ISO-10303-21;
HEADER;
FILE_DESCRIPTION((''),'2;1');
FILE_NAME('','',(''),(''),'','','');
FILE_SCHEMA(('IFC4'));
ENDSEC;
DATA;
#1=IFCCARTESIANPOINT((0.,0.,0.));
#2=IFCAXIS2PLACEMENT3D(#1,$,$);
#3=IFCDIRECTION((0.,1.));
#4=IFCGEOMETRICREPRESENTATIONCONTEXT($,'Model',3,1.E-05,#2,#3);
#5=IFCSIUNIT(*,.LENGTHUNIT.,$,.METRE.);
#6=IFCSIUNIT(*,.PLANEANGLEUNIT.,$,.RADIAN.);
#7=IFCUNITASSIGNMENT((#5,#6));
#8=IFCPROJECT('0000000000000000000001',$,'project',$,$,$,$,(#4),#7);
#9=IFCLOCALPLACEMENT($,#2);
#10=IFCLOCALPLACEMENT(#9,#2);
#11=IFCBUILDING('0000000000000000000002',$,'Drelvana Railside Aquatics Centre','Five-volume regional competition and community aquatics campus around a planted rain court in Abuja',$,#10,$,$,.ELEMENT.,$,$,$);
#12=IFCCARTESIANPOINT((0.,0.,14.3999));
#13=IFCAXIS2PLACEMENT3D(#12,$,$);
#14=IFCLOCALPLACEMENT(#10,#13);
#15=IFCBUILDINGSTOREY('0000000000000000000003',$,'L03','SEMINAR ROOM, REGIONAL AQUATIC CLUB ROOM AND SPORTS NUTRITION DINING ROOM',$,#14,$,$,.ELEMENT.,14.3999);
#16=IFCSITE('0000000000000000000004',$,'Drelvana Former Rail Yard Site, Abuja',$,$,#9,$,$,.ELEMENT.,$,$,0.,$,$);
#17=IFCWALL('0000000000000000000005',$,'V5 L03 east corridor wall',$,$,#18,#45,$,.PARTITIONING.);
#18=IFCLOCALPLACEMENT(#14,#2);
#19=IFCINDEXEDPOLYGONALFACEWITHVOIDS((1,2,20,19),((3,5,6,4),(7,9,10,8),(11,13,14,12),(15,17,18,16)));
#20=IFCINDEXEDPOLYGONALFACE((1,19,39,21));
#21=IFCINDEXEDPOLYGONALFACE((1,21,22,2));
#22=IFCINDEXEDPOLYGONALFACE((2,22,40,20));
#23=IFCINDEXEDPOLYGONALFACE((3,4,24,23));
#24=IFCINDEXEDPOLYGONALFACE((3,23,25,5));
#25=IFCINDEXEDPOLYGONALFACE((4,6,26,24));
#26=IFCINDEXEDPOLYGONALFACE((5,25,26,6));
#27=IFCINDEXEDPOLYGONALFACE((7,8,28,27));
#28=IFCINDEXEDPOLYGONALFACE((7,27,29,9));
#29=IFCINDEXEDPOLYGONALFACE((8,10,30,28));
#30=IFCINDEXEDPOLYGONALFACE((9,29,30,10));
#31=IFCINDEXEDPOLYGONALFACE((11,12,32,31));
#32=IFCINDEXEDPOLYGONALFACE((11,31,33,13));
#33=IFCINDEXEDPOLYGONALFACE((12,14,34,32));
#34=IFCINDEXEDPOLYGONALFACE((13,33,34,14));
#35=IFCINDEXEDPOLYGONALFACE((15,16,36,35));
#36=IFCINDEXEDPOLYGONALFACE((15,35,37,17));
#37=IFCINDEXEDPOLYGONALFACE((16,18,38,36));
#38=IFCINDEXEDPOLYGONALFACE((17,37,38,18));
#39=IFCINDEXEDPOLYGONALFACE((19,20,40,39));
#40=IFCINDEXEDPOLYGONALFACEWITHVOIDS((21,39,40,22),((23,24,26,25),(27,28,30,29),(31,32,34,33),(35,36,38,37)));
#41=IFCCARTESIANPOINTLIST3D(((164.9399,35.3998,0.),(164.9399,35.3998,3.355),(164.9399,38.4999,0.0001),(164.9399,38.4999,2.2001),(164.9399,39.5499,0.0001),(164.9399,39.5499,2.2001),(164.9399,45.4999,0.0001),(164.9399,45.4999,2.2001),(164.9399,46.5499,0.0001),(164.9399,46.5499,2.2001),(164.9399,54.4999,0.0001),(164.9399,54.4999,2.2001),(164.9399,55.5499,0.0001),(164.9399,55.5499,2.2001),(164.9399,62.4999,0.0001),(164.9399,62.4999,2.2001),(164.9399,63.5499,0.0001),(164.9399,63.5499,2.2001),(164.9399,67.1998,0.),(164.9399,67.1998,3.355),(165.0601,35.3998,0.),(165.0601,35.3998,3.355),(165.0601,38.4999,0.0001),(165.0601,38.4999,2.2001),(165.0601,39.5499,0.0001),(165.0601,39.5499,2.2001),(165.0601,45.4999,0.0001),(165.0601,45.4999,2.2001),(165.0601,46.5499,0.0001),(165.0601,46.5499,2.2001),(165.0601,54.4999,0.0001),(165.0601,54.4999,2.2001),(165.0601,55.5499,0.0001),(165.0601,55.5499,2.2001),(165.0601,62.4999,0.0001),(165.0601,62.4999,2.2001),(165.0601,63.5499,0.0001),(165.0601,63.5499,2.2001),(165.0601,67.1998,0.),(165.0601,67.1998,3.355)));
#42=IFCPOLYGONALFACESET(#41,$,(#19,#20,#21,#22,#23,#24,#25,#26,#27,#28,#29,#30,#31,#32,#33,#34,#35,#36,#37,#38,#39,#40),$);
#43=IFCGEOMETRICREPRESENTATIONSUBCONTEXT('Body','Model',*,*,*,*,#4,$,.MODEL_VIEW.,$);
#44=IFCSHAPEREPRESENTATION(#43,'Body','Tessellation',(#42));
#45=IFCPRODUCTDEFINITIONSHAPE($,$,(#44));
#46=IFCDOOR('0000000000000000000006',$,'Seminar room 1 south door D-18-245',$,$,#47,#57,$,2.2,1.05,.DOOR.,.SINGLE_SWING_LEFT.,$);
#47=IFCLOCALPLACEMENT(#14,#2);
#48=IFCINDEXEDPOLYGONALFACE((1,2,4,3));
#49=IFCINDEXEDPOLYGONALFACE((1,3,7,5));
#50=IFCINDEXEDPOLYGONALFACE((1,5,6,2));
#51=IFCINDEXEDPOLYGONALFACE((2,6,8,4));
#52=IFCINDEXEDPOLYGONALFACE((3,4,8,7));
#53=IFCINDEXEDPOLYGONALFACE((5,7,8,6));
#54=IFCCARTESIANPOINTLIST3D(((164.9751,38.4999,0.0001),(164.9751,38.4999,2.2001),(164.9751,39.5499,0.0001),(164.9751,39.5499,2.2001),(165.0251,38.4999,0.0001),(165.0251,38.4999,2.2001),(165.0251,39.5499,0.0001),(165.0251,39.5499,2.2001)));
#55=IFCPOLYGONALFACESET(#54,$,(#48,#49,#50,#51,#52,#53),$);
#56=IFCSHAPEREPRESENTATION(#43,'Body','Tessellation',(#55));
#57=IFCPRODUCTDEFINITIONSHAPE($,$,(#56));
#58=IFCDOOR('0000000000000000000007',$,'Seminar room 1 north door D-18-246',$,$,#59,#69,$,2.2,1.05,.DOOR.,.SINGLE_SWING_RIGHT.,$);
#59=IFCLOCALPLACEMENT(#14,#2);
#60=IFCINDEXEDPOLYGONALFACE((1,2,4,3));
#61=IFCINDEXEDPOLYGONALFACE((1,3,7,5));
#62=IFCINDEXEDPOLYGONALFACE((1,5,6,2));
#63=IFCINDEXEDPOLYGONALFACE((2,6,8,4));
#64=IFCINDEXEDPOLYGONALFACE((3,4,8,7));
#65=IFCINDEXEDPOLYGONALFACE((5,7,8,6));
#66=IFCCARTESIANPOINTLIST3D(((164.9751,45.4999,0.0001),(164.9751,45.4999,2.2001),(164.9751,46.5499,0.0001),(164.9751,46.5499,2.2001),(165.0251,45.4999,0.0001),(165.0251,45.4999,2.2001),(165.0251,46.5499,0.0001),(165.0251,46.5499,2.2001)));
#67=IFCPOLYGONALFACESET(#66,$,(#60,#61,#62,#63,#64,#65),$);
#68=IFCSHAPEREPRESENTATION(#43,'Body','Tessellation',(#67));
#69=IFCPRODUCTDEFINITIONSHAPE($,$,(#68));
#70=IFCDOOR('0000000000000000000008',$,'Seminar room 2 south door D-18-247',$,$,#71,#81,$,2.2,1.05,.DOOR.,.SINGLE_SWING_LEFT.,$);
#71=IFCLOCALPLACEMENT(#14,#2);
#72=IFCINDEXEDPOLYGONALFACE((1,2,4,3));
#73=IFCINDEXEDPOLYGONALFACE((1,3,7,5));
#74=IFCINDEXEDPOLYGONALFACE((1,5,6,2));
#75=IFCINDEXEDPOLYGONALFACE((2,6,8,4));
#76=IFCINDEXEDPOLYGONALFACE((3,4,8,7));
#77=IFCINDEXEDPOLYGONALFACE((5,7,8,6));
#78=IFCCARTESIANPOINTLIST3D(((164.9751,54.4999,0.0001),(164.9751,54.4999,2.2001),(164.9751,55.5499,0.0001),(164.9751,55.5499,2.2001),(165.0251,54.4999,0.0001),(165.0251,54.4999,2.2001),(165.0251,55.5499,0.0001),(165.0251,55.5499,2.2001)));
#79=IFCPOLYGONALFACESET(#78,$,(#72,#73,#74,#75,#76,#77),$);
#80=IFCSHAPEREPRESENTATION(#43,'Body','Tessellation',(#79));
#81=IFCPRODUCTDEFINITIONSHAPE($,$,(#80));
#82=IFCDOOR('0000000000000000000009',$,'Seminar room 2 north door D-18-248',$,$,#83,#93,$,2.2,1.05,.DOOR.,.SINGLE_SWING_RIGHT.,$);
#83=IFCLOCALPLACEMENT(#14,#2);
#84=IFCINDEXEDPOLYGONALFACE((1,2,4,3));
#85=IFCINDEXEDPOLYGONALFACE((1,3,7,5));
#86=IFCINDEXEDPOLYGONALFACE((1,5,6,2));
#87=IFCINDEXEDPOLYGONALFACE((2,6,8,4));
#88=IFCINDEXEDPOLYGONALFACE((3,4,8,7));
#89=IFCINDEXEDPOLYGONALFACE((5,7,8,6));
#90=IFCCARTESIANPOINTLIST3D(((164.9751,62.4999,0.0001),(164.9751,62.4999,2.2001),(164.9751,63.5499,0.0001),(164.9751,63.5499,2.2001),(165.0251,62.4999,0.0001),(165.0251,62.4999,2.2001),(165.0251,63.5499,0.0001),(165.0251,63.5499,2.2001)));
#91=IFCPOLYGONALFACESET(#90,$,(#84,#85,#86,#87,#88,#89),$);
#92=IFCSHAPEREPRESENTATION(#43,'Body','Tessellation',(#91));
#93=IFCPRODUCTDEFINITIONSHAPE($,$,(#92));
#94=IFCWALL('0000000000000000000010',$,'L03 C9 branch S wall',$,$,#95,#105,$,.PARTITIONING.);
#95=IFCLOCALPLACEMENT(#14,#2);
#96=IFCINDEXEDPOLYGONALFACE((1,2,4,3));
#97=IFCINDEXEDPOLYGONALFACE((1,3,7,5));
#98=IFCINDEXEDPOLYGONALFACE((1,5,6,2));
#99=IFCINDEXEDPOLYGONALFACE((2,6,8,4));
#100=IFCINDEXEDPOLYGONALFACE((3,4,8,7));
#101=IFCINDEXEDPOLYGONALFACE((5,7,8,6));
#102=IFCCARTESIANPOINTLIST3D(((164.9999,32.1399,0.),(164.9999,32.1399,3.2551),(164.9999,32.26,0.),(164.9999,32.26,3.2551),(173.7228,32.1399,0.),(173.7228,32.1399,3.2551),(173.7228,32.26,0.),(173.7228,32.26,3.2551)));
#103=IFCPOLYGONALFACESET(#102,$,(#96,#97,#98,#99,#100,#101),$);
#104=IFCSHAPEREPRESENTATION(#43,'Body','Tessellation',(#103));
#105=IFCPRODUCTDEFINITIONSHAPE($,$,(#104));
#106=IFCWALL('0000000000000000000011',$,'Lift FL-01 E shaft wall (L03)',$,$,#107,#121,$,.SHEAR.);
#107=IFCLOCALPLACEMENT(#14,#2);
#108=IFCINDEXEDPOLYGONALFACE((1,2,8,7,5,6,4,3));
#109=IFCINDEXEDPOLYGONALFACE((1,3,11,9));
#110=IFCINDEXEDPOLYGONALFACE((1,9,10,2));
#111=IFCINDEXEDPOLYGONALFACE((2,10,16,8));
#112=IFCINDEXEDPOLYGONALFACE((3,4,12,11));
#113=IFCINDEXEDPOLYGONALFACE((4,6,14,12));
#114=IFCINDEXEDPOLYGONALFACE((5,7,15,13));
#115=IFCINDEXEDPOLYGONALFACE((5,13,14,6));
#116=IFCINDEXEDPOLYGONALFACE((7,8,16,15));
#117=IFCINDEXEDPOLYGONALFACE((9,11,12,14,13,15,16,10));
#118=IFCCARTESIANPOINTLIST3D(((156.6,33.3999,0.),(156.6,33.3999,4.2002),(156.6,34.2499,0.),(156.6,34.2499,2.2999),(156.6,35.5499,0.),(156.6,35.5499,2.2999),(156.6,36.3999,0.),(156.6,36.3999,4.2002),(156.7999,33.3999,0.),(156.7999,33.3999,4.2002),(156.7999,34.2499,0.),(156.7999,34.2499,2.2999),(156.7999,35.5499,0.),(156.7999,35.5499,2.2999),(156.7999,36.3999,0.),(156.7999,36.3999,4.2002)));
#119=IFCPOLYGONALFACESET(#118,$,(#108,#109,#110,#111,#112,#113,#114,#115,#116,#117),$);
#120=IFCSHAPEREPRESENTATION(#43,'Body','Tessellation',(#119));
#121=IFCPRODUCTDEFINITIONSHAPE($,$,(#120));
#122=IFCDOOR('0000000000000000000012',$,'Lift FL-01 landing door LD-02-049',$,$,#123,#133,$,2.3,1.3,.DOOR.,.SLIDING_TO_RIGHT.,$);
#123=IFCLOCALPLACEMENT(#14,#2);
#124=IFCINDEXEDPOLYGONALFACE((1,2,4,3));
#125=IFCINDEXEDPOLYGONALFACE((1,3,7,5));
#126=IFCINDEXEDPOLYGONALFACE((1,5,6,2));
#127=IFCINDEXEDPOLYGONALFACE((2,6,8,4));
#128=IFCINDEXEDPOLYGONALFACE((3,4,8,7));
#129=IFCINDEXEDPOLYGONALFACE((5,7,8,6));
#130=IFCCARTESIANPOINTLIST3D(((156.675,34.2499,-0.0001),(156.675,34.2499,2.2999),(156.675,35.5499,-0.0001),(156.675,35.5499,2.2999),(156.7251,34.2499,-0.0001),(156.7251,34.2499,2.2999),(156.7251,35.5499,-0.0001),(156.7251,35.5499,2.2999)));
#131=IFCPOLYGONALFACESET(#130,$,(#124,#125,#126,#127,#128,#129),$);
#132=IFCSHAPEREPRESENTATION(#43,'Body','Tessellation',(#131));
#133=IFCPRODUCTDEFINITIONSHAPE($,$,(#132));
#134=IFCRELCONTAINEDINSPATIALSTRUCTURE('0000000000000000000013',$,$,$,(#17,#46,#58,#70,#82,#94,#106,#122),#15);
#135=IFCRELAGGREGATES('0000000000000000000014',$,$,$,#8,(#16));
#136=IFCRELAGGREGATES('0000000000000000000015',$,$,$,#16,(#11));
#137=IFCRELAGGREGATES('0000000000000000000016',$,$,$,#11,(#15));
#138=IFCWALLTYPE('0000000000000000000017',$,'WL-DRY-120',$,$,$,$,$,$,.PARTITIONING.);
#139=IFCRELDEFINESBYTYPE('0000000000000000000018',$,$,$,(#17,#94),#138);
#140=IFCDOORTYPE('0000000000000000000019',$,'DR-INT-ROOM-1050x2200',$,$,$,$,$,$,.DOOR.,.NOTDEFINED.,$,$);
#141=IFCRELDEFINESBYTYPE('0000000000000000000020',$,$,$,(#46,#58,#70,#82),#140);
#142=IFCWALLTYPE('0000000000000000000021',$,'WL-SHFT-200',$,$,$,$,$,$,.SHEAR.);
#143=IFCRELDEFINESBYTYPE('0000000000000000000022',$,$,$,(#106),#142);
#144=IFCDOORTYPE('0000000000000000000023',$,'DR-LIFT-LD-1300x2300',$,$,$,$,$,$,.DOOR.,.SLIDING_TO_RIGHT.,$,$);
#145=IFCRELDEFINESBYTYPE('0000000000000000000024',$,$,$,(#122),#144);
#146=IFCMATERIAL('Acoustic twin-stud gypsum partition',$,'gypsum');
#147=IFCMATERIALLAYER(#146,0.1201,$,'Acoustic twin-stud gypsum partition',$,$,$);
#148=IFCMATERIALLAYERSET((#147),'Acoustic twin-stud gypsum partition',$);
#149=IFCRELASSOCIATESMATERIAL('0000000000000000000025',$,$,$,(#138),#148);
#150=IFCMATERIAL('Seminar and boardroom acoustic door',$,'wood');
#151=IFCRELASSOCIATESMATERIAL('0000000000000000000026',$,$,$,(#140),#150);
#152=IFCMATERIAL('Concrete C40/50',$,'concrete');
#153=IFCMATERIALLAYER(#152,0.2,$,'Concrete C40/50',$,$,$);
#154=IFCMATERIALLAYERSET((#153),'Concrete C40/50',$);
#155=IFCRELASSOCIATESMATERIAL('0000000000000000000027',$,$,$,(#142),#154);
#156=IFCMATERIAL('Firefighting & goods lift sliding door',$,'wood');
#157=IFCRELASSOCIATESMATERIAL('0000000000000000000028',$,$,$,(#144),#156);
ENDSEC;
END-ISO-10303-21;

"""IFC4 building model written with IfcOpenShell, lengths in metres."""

from ifc_helpers import new_model, si_unit, direction, frame, frame_2d, origin, place, context, subcontext, project, spatial, rectangle, extrude, material, layer, layer_set, type_object, element, fill, save


model = new_model("IFC4")

# Units and contexts
model_context = context("Model", 3, precision=1e-05, world=origin(), true_north=direction((0.0, 1.0)))
body_context = subcontext(model_context, "Body", "Model", "MODEL_VIEW")
ifc_project = project(units=[si_unit("LENGTHUNIT", "METRE"), si_unit("PLANEANGLEUNIT", "RADIAN")], contexts=[model_context])

# Site, building, storey
site_placement = place(None, origin())
site = spatial("IfcSite", under=ifc_project, at=site_placement, Name="Drelvana Former Rail Yard Site, Abuja", CompositionType="ELEMENT", RefElevation=0.0)
building_placement = place(site_placement, origin())
building = spatial("IfcBuilding", under=site, at=building_placement, Name="Drelvana Railside Aquatics Centre", Description="Five-volume regional competition and community aquatics campus around a planted rain court in Abuja", CompositionType="ELEMENT")
storey_placement = place(building_placement, frame((0.0, 0.0, 14.3999)))
storey = spatial("IfcBuildingStorey", under=building, at=storey_placement, Name="L03", Description="SEMINAR ROOM, REGIONAL AQUATIC CLUB ROOM AND SPORTS NUTRITION DINING ROOM", CompositionType="ELEMENT", Elevation=14.3999)

# Shared definitions
ifc_material_1 = material(Name="Concrete C40/50", Category="concrete")

# Wall, openings, doors
ifc_material_2 = material(Name="Acoustic twin-stud gypsum partition", Category="gypsum")
ifc_layer_1 = layer(ifc_material_2, 0.1201, Name="Acoustic twin-stud gypsum partition")
ifc_layer_set_1 = layer_set([ifc_layer_1], Name="Acoustic twin-stud gypsum partition")
wall_type_1 = type_object("IfcWallType", Name="WL-DRY-120", PredefinedType="PARTITIONING", material=ifc_layer_set_1)
wall_1_placement = place(storey_placement, frame((165.0, 35.3999, 0.0), z_axis=(0.0, 0.0, 1.0), x_axis=(0.0, 1.0, 0.0)))
wall_1 = element("IfcWall", 1, at=wall_1_placement, inside=storey, type_object=wall_type_1, Name="V5 L03 east corridor wall", PredefinedType="PARTITIONING", context=body_context, shape_type="SweptSolid", body=[
    extrude(rectangle(XDim=31.8, YDim=0.1201, at=frame_2d((15.8999, 0.0))), origin(), (0.0, 0.0, 1.0), 3.355),
])
opening_1_placement = place(wall_1_placement, frame((3.1001, 0.0, 0.0)))
opening_1 = element("IfcOpeningElement", 2, at=opening_1_placement, cuts=wall_1, PredefinedType="OPENING", context=body_context, shape_type="SweptSolid", body=[
    extrude(rectangle(XDim=1.05, YDim=2.2, at=frame_2d((0.5249, 1.1001))), frame((0.0, 0.0701, 0.0), z_axis=(0.0, -1.0, 0.0), x_axis=(1.0, 0.0, 0.0)), (0.0, 0.0, 1.0), 0.1401),
])
opening_2_placement = place(wall_1_placement, frame((10.1001, 0.0, 0.0)))
opening_2 = element("IfcOpeningElement", 3, at=opening_2_placement, cuts=wall_1, PredefinedType="OPENING", context=body_context, shape_type="SweptSolid", body=[
    extrude(rectangle(XDim=1.05, YDim=2.2, at=frame_2d((0.5249, 1.1001))), frame((0.0, 0.0701, 0.0), z_axis=(0.0, -1.0, 0.0), x_axis=(1.0, 0.0, 0.0)), (0.0, 0.0, 1.0), 0.1401),
])
opening_3_placement = place(wall_1_placement, frame((19.1001, 0.0, 0.0)))
opening_3 = element("IfcOpeningElement", 4, at=opening_3_placement, cuts=wall_1, PredefinedType="OPENING", context=body_context, shape_type="SweptSolid", body=[
    extrude(rectangle(XDim=1.05, YDim=2.2, at=frame_2d((0.5249, 1.1001))), frame((0.0, 0.0701, 0.0), z_axis=(0.0, -1.0, 0.0), x_axis=(1.0, 0.0, 0.0)), (0.0, 0.0, 1.0), 0.1401),
])
opening_4_placement = place(wall_1_placement, frame((27.1001, 0.0, 0.0)))
opening_4 = element("IfcOpeningElement", 5, at=opening_4_placement, cuts=wall_1, PredefinedType="OPENING", context=body_context, shape_type="SweptSolid", body=[
    extrude(rectangle(XDim=1.05, YDim=2.2, at=frame_2d((0.5249, 1.1001))), frame((0.0, 0.0701, 0.0), z_axis=(0.0, -1.0, 0.0), x_axis=(1.0, 0.0, 0.0)), (0.0, 0.0, 1.0), 0.1401),
])
ifc_material_3 = material(Name="Seminar and boardroom acoustic door", Category="wood")
door_type_1 = type_object("IfcDoorType", Name="DR-INT-ROOM-1050x2200", OperationType="NOTDEFINED", PredefinedType="DOOR", material=ifc_material_3)
door_1_placement = place(opening_1_placement, origin())
door_1 = element("IfcDoor", 6, at=door_1_placement, inside=storey, type_object=door_type_1, Name="Seminar room 1 south door D-18-245", OperationType="SINGLE_SWING_LEFT", OverallHeight=2.2, OverallWidth=1.05, PredefinedType="DOOR", context=body_context, shape_type="SweptSolid", body=[
    extrude(rectangle(XDim=1.05, YDim=2.2, at=frame_2d((0.5249, 1.1001))), frame((0.0, 0.0249, 0.0), z_axis=(0.0, -1.0, 0.0), x_axis=(1.0, 0.0, 0.0)), (0.0, 0.0, 1.0), 0.05),
])
fill(opening_1, door_1)
door_2_placement = place(opening_2_placement, origin())
door_2 = element("IfcDoor", 7, at=door_2_placement, inside=storey, type_object=door_type_1, Name="Seminar room 1 north door D-18-246", OperationType="SINGLE_SWING_RIGHT", OverallHeight=2.2, OverallWidth=1.05, PredefinedType="DOOR", context=body_context, shape_type="SweptSolid", body=[
    extrude(rectangle(XDim=1.05, YDim=2.2, at=frame_2d((0.5249, 1.1001))), frame((0.0, 0.0249, 0.0), z_axis=(0.0, -1.0, 0.0), x_axis=(1.0, 0.0, 0.0)), (0.0, 0.0, 1.0), 0.05),
])
fill(opening_2, door_2)
door_3_placement = place(opening_3_placement, origin())
door_3 = element("IfcDoor", 8, at=door_3_placement, inside=storey, type_object=door_type_1, Name="Seminar room 2 south door D-18-247", OperationType="SINGLE_SWING_LEFT", OverallHeight=2.2, OverallWidth=1.05, PredefinedType="DOOR", context=body_context, shape_type="SweptSolid", body=[
    extrude(rectangle(XDim=1.05, YDim=2.2, at=frame_2d((0.5249, 1.1001))), frame((0.0, 0.0249, 0.0), z_axis=(0.0, -1.0, 0.0), x_axis=(1.0, 0.0, 0.0)), (0.0, 0.0, 1.0), 0.05),
])
fill(opening_3, door_3)
door_4_placement = place(opening_4_placement, origin())
door_4 = element("IfcDoor", 9, at=door_4_placement, inside=storey, type_object=door_type_1, Name="Seminar room 2 north door D-18-248", OperationType="SINGLE_SWING_RIGHT", OverallHeight=2.2, OverallWidth=1.05, PredefinedType="DOOR", context=body_context, shape_type="SweptSolid", body=[
    extrude(rectangle(XDim=1.05, YDim=2.2, at=frame_2d((0.5249, 1.1001))), frame((0.0, 0.0249, 0.0), z_axis=(0.0, -1.0, 0.0), x_axis=(1.0, 0.0, 0.0)), (0.0, 0.0, 1.0), 0.05),
])
fill(opening_4, door_4)

# Wall
wall_2_placement = place(storey_placement, frame((165.0, 32.2, 0.0), z_axis=(0.0, 0.0, 1.0), x_axis=(1.0, 0.0, 0.0)))
element("IfcWall", 10, at=wall_2_placement, inside=storey, type_object=wall_type_1, Name="L03 C9 branch S wall", PredefinedType="PARTITIONING", context=body_context, shape_type="SweptSolid", body=[
    extrude(rectangle(XDim=8.7229, YDim=0.1201, at=frame_2d((4.3613, 0.0))), origin(), (0.0, 0.0, 1.0), 3.2551),
])

# Wall, opening, door
ifc_layer_2 = layer(ifc_material_1, 0.2, Name="Concrete C40/50")
ifc_layer_set_2 = layer_set([ifc_layer_2], Name="Concrete C40/50")
wall_type_2 = type_object("IfcWallType", Name="WL-SHFT-200", PredefinedType="SHEAR", material=ifc_layer_set_2)
wall_3_placement = place(storey_placement, frame((156.7, 33.3999, 0.0), z_axis=(0.0, 0.0, 1.0), x_axis=(0.0, 1.0, 0.0)))
wall_3 = element("IfcWall", 11, at=wall_3_placement, inside=storey, type_object=wall_type_2, Name="Lift FL-01 E shaft wall (L03)", PredefinedType="SHEAR", context=body_context, shape_type="SweptSolid", body=[
    extrude(rectangle(XDim=3.0, YDim=0.2, at=frame_2d((1.5, 0.0))), origin(), (0.0, 0.0, 1.0), 4.2002),
])
opening_5_placement = place(wall_3_placement, frame((0.8501, 0.0, 0.0)))
opening_5 = element("IfcOpeningElement", 12, at=opening_5_placement, cuts=wall_3, PredefinedType="OPENING", context=body_context, shape_type="SweptSolid", body=[
    extrude(rectangle(XDim=1.3, YDim=2.3, at=frame_2d((0.6499, 1.1499))), frame((0.0, 0.1099, 0.0), z_axis=(0.0, -1.0, 0.0), x_axis=(1.0, 0.0, 0.0)), (0.0, 0.0, 1.0), 0.22),
])
ifc_material_4 = material(Name="Firefighting & goods lift sliding door", Category="wood")
door_type_2 = type_object("IfcDoorType", Name="DR-LIFT-LD-1300x2300", OperationType="SLIDING_TO_RIGHT", PredefinedType="DOOR", material=ifc_material_4)
door_5_placement = place(opening_5_placement, origin())
door_5 = element("IfcDoor", 13, at=door_5_placement, inside=storey, type_object=door_type_2, Name="Lift FL-01 landing door LD-02-049", OperationType="SLIDING_TO_RIGHT", OverallHeight=2.3, OverallWidth=1.3, PredefinedType="DOOR", context=body_context, shape_type="SweptSolid", body=[
    extrude(rectangle(XDim=1.3, YDim=2.3, at=frame_2d((0.6499, 1.1499))), frame((0.0, 0.0249, 0.0), z_axis=(0.0, -1.0, 0.0), x_axis=(1.0, 0.0, 0.0)), (0.0, 0.0, 1.0), 0.05),
])
fill(opening_5, door_5)

save(model, "model.ifc")
